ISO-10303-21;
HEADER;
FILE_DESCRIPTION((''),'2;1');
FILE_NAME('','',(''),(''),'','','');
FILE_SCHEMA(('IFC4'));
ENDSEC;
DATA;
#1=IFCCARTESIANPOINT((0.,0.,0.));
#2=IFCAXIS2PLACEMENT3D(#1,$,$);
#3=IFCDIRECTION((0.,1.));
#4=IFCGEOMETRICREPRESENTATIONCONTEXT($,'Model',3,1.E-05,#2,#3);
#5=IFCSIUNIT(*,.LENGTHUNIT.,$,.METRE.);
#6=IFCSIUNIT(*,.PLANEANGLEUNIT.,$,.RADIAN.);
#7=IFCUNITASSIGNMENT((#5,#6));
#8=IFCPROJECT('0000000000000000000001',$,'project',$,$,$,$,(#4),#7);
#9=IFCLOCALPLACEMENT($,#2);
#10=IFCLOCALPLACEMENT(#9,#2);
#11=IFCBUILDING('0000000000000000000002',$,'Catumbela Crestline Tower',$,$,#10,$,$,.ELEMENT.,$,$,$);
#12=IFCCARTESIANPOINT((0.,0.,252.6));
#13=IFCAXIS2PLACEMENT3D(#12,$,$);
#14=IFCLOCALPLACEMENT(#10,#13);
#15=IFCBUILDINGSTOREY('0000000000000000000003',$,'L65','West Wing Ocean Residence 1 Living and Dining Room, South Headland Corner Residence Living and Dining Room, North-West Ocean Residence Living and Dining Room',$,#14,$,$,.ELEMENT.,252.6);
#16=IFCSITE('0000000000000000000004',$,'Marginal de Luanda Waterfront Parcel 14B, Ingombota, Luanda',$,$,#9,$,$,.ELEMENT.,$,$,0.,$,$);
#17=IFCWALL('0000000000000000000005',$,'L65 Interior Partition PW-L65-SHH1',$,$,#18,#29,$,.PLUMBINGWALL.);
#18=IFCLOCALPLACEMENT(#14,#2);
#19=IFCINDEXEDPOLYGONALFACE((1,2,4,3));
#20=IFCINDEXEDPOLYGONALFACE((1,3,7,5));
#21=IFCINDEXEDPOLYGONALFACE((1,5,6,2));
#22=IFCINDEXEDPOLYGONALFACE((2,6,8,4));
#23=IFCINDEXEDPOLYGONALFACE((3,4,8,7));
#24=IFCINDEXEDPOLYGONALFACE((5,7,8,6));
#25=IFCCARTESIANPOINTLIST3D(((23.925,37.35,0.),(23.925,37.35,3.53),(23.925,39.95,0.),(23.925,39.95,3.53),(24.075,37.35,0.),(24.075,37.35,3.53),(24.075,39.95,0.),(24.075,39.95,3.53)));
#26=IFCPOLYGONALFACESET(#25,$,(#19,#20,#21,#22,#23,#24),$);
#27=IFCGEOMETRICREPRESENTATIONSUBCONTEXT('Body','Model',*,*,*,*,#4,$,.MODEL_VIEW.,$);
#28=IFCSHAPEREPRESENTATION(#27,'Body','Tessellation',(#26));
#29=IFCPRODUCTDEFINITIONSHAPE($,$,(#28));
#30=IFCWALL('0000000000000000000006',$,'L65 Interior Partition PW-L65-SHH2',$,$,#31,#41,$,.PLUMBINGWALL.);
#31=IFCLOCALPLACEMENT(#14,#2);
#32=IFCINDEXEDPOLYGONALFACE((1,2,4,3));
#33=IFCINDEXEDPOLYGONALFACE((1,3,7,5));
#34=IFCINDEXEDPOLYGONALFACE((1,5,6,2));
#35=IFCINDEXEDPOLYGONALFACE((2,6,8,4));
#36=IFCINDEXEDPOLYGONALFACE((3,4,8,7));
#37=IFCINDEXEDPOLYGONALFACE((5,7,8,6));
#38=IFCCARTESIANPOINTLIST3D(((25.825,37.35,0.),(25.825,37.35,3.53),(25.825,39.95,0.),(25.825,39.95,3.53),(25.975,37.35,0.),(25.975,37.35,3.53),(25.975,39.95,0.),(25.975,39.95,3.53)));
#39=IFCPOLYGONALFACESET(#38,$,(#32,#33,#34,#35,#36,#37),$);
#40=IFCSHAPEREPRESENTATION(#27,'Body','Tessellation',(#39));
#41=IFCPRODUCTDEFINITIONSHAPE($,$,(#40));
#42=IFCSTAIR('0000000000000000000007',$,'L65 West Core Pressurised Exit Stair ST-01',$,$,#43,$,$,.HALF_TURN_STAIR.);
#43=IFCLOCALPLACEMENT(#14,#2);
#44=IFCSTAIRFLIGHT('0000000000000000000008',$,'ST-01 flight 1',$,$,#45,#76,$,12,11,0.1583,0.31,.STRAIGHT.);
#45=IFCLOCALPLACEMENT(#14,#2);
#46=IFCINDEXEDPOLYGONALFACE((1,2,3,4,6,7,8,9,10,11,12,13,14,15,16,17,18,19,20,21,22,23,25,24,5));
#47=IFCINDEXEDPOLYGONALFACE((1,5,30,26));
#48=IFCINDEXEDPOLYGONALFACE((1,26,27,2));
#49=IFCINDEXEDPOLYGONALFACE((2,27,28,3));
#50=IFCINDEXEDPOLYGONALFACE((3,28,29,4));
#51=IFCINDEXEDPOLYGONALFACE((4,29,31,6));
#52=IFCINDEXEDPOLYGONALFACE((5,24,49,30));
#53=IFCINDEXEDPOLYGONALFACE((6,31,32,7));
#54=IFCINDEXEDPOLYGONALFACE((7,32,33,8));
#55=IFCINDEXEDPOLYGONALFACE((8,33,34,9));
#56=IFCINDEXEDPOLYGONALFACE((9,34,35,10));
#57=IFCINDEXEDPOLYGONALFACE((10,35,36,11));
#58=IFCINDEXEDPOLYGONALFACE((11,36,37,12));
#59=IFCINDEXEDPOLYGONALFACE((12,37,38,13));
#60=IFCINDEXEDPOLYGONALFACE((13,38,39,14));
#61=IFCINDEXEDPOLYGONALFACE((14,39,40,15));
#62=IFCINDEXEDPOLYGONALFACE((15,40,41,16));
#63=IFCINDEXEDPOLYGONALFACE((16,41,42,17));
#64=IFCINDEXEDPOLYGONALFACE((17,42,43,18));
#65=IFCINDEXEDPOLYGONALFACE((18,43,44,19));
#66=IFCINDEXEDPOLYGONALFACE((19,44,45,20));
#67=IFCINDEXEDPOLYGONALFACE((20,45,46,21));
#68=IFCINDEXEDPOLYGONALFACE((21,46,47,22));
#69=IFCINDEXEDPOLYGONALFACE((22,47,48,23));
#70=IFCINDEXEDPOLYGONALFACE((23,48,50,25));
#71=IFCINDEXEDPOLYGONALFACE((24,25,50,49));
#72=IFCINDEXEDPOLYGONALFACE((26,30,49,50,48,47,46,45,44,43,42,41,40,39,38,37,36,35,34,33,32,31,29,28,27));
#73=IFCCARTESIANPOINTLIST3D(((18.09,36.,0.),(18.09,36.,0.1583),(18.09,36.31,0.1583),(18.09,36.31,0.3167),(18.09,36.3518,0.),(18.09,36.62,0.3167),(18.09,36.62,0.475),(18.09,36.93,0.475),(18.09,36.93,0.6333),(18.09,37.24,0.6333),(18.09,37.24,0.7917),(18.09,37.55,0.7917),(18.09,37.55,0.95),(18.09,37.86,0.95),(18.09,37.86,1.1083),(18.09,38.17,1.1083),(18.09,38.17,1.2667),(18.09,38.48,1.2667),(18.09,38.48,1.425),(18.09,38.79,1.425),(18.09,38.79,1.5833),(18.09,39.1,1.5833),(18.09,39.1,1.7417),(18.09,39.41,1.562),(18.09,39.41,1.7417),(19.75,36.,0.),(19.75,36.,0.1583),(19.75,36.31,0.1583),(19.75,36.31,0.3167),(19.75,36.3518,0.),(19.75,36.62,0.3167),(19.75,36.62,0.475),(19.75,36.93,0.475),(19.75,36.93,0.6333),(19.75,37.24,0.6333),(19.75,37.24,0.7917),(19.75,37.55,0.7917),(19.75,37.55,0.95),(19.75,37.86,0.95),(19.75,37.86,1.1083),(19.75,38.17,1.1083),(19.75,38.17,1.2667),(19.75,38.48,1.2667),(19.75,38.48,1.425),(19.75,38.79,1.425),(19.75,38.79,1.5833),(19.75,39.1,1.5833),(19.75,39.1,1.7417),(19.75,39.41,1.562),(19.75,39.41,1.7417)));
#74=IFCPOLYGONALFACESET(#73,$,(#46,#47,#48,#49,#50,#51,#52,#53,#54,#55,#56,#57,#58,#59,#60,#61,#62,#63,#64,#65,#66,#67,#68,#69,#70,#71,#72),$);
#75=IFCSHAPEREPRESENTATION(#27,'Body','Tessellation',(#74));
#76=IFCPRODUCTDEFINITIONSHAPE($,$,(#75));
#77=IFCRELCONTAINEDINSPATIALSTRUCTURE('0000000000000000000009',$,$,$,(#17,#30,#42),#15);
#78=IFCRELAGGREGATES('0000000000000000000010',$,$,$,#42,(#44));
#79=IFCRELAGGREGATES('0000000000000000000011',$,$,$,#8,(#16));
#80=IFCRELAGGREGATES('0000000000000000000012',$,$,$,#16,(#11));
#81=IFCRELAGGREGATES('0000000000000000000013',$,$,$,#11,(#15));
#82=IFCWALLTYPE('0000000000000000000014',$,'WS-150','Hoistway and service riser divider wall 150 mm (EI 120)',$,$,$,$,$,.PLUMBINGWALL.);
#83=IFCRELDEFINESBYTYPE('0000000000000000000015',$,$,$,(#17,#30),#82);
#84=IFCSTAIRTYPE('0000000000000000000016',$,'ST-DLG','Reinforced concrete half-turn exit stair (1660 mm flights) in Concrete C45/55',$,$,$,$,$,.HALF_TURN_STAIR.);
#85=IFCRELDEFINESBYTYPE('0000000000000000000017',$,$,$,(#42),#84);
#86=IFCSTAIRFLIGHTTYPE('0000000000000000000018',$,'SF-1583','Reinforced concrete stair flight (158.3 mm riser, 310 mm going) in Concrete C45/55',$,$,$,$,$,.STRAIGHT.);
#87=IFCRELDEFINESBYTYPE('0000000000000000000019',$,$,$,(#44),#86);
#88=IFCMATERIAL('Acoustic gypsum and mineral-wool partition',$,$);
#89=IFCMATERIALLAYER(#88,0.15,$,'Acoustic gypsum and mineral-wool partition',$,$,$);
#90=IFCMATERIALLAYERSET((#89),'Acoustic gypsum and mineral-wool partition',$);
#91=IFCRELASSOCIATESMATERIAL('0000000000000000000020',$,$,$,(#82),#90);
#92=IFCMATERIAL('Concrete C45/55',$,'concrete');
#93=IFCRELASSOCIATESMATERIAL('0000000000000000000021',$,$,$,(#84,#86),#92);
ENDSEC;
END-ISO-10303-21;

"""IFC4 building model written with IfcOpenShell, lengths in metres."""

from ifc_helpers import new_model, si_unit, direction, frame, frame_2d, origin, place, context, subcontext, project, spatial, polyline, rectangle, outline, extrude, material, layer, layer_set, type_object, element, aggregate, save


model = new_model("IFC4")

# Units and contexts
model_context = context("Model", 3, precision=1e-05, world=origin(), true_north=direction((0.0, 1.0)))
body_context = subcontext(model_context, "Body", "Model", "MODEL_VIEW")
ifc_project = project(units=[si_unit("LENGTHUNIT", "METRE"), si_unit("PLANEANGLEUNIT", "RADIAN")], contexts=[model_context])

# Site, building, storey
site_placement = place(None, origin())
site = spatial("IfcSite", under=ifc_project, at=site_placement, Name="Marginal de Luanda Waterfront Parcel 14B, Ingombota, Luanda", CompositionType="ELEMENT", RefElevation=0.0)
building_placement = place(site_placement, origin())
building = spatial("IfcBuilding", under=site, at=building_placement, Name="Catumbela Crestline Tower", CompositionType="ELEMENT")
storey_placement = place(building_placement, frame((0.0, 0.0, 252.6)))
storey = spatial("IfcBuildingStorey", under=building, at=storey_placement, Name="L65", Description="West Wing Ocean Residence 1 Living and Dining Room, South Headland Corner Residence Living and Dining Room, North-West Ocean Residence Living and Dining Room", CompositionType="ELEMENT", Elevation=252.6)

# Shared definitions
ifc_material_1 = material(Name="Acoustic gypsum and mineral-wool partition")

# Walls
ifc_layer_1 = layer(ifc_material_1, 0.15, Name="Acoustic gypsum and mineral-wool partition")
ifc_layer_set_1 = layer_set([ifc_layer_1], Name="Acoustic gypsum and mineral-wool partition")
wall_type_1 = type_object("IfcWallType", Name="WS-150", Description="Hoistway and service riser divider wall 150 mm (EI 120)", PredefinedType="PLUMBINGWALL", material=ifc_layer_set_1)
for number, where, z_axis, x_axis, name in (
    (1, (24.0, 37.35, 0.0), (0.0, 0.0, 1.0), (0.0, 1.0, 0.0), "L65 Interior Partition PW-L65-SHH1"),
    (2, (25.9, 37.35, 0.0), (0.0, 0.0, 1.0), (0.0, 1.0, 0.0), "L65 Interior Partition PW-L65-SHH2"),
):
    element("IfcWall", number, at=place(storey_placement, frame(where, z_axis=z_axis, x_axis=x_axis)), inside=storey, type_object=wall_type_1, Name=name, PredefinedType="PLUMBINGWALL", context=body_context, shape_type="SweptSolid", body=[
        extrude(rectangle(XDim=2.6, YDim=0.15, at=frame_2d((1.3, 0.0))), origin(), (0.0, 0.0, 1.0), 3.53),
    ])

# Stair, stair flight
ifc_material_2 = material(Name="Concrete C45/55", Category="concrete")
stair_type = type_object("IfcStairType", Name="ST-DLG", Description="Reinforced concrete half-turn exit stair (1660 mm flights) in Concrete C45/55", PredefinedType="HALF_TURN_STAIR", material=ifc_material_2)
stair_placement = place(storey_placement, origin())
stair = element("IfcStair", 3, at=stair_placement, inside=storey, type_object=stair_type, Name="L65 West Core Pressurised Exit Stair ST-01", PredefinedType="HALF_TURN_STAIR")
stair_flight_type = type_object("IfcStairFlightType", Name="SF-1583", Description="Reinforced concrete stair flight (158.3 mm riser, 310 mm going) in Concrete C45/55", PredefinedType="STRAIGHT", material=ifc_material_2)
stair_flight_placement = place(storey_placement, frame((18.92, 36.0, 0.0), z_axis=(0.0, 0.0, 1.0), x_axis=(0.0, 1.0, 0.0)))
stair_flight = element("IfcStairFlight", 4, at=stair_flight_placement, type_object=stair_flight_type, Name="ST-01 flight 1", NumberOfRisers=12, NumberOfTreads=11, PredefinedType="STRAIGHT", RiserHeight=0.1583, TreadLength=0.31, context=body_context, shape_type="SweptSolid", body=[
    extrude(outline(polyline([(0.0, 0.0), (0.0, 0.1583), (0.31, 0.1583), (0.31, 0.3167), (0.62, 0.3167), (0.62, 0.475), (0.93, 0.475), (0.93, 0.6333), (1.24, 0.6333), (1.24, 0.7917), (1.55, 0.7917), (1.55, 0.95), (1.86, 0.95), (1.86, 1.1083), (2.17, 1.1083), (2.17, 1.2667), (2.48, 1.2667), (2.48, 1.425), (2.79, 1.425), (2.79, 1.5833), (3.1, 1.5833), (3.1, 1.7417), (3.41, 1.7417), (3.41, 1.9), (3.41, 1.562), (0.3518, 0.0), (0.0, 0.0)])), frame((0.0, 0.83, 0.0), z_axis=(0.0, -1.0, 0.0), x_axis=(1.0, 0.0, 0.0)), (0.0, 0.0, 1.0), 1.66),
])
aggregate(stair, [stair_flight])

save(model, "model.ifc")
